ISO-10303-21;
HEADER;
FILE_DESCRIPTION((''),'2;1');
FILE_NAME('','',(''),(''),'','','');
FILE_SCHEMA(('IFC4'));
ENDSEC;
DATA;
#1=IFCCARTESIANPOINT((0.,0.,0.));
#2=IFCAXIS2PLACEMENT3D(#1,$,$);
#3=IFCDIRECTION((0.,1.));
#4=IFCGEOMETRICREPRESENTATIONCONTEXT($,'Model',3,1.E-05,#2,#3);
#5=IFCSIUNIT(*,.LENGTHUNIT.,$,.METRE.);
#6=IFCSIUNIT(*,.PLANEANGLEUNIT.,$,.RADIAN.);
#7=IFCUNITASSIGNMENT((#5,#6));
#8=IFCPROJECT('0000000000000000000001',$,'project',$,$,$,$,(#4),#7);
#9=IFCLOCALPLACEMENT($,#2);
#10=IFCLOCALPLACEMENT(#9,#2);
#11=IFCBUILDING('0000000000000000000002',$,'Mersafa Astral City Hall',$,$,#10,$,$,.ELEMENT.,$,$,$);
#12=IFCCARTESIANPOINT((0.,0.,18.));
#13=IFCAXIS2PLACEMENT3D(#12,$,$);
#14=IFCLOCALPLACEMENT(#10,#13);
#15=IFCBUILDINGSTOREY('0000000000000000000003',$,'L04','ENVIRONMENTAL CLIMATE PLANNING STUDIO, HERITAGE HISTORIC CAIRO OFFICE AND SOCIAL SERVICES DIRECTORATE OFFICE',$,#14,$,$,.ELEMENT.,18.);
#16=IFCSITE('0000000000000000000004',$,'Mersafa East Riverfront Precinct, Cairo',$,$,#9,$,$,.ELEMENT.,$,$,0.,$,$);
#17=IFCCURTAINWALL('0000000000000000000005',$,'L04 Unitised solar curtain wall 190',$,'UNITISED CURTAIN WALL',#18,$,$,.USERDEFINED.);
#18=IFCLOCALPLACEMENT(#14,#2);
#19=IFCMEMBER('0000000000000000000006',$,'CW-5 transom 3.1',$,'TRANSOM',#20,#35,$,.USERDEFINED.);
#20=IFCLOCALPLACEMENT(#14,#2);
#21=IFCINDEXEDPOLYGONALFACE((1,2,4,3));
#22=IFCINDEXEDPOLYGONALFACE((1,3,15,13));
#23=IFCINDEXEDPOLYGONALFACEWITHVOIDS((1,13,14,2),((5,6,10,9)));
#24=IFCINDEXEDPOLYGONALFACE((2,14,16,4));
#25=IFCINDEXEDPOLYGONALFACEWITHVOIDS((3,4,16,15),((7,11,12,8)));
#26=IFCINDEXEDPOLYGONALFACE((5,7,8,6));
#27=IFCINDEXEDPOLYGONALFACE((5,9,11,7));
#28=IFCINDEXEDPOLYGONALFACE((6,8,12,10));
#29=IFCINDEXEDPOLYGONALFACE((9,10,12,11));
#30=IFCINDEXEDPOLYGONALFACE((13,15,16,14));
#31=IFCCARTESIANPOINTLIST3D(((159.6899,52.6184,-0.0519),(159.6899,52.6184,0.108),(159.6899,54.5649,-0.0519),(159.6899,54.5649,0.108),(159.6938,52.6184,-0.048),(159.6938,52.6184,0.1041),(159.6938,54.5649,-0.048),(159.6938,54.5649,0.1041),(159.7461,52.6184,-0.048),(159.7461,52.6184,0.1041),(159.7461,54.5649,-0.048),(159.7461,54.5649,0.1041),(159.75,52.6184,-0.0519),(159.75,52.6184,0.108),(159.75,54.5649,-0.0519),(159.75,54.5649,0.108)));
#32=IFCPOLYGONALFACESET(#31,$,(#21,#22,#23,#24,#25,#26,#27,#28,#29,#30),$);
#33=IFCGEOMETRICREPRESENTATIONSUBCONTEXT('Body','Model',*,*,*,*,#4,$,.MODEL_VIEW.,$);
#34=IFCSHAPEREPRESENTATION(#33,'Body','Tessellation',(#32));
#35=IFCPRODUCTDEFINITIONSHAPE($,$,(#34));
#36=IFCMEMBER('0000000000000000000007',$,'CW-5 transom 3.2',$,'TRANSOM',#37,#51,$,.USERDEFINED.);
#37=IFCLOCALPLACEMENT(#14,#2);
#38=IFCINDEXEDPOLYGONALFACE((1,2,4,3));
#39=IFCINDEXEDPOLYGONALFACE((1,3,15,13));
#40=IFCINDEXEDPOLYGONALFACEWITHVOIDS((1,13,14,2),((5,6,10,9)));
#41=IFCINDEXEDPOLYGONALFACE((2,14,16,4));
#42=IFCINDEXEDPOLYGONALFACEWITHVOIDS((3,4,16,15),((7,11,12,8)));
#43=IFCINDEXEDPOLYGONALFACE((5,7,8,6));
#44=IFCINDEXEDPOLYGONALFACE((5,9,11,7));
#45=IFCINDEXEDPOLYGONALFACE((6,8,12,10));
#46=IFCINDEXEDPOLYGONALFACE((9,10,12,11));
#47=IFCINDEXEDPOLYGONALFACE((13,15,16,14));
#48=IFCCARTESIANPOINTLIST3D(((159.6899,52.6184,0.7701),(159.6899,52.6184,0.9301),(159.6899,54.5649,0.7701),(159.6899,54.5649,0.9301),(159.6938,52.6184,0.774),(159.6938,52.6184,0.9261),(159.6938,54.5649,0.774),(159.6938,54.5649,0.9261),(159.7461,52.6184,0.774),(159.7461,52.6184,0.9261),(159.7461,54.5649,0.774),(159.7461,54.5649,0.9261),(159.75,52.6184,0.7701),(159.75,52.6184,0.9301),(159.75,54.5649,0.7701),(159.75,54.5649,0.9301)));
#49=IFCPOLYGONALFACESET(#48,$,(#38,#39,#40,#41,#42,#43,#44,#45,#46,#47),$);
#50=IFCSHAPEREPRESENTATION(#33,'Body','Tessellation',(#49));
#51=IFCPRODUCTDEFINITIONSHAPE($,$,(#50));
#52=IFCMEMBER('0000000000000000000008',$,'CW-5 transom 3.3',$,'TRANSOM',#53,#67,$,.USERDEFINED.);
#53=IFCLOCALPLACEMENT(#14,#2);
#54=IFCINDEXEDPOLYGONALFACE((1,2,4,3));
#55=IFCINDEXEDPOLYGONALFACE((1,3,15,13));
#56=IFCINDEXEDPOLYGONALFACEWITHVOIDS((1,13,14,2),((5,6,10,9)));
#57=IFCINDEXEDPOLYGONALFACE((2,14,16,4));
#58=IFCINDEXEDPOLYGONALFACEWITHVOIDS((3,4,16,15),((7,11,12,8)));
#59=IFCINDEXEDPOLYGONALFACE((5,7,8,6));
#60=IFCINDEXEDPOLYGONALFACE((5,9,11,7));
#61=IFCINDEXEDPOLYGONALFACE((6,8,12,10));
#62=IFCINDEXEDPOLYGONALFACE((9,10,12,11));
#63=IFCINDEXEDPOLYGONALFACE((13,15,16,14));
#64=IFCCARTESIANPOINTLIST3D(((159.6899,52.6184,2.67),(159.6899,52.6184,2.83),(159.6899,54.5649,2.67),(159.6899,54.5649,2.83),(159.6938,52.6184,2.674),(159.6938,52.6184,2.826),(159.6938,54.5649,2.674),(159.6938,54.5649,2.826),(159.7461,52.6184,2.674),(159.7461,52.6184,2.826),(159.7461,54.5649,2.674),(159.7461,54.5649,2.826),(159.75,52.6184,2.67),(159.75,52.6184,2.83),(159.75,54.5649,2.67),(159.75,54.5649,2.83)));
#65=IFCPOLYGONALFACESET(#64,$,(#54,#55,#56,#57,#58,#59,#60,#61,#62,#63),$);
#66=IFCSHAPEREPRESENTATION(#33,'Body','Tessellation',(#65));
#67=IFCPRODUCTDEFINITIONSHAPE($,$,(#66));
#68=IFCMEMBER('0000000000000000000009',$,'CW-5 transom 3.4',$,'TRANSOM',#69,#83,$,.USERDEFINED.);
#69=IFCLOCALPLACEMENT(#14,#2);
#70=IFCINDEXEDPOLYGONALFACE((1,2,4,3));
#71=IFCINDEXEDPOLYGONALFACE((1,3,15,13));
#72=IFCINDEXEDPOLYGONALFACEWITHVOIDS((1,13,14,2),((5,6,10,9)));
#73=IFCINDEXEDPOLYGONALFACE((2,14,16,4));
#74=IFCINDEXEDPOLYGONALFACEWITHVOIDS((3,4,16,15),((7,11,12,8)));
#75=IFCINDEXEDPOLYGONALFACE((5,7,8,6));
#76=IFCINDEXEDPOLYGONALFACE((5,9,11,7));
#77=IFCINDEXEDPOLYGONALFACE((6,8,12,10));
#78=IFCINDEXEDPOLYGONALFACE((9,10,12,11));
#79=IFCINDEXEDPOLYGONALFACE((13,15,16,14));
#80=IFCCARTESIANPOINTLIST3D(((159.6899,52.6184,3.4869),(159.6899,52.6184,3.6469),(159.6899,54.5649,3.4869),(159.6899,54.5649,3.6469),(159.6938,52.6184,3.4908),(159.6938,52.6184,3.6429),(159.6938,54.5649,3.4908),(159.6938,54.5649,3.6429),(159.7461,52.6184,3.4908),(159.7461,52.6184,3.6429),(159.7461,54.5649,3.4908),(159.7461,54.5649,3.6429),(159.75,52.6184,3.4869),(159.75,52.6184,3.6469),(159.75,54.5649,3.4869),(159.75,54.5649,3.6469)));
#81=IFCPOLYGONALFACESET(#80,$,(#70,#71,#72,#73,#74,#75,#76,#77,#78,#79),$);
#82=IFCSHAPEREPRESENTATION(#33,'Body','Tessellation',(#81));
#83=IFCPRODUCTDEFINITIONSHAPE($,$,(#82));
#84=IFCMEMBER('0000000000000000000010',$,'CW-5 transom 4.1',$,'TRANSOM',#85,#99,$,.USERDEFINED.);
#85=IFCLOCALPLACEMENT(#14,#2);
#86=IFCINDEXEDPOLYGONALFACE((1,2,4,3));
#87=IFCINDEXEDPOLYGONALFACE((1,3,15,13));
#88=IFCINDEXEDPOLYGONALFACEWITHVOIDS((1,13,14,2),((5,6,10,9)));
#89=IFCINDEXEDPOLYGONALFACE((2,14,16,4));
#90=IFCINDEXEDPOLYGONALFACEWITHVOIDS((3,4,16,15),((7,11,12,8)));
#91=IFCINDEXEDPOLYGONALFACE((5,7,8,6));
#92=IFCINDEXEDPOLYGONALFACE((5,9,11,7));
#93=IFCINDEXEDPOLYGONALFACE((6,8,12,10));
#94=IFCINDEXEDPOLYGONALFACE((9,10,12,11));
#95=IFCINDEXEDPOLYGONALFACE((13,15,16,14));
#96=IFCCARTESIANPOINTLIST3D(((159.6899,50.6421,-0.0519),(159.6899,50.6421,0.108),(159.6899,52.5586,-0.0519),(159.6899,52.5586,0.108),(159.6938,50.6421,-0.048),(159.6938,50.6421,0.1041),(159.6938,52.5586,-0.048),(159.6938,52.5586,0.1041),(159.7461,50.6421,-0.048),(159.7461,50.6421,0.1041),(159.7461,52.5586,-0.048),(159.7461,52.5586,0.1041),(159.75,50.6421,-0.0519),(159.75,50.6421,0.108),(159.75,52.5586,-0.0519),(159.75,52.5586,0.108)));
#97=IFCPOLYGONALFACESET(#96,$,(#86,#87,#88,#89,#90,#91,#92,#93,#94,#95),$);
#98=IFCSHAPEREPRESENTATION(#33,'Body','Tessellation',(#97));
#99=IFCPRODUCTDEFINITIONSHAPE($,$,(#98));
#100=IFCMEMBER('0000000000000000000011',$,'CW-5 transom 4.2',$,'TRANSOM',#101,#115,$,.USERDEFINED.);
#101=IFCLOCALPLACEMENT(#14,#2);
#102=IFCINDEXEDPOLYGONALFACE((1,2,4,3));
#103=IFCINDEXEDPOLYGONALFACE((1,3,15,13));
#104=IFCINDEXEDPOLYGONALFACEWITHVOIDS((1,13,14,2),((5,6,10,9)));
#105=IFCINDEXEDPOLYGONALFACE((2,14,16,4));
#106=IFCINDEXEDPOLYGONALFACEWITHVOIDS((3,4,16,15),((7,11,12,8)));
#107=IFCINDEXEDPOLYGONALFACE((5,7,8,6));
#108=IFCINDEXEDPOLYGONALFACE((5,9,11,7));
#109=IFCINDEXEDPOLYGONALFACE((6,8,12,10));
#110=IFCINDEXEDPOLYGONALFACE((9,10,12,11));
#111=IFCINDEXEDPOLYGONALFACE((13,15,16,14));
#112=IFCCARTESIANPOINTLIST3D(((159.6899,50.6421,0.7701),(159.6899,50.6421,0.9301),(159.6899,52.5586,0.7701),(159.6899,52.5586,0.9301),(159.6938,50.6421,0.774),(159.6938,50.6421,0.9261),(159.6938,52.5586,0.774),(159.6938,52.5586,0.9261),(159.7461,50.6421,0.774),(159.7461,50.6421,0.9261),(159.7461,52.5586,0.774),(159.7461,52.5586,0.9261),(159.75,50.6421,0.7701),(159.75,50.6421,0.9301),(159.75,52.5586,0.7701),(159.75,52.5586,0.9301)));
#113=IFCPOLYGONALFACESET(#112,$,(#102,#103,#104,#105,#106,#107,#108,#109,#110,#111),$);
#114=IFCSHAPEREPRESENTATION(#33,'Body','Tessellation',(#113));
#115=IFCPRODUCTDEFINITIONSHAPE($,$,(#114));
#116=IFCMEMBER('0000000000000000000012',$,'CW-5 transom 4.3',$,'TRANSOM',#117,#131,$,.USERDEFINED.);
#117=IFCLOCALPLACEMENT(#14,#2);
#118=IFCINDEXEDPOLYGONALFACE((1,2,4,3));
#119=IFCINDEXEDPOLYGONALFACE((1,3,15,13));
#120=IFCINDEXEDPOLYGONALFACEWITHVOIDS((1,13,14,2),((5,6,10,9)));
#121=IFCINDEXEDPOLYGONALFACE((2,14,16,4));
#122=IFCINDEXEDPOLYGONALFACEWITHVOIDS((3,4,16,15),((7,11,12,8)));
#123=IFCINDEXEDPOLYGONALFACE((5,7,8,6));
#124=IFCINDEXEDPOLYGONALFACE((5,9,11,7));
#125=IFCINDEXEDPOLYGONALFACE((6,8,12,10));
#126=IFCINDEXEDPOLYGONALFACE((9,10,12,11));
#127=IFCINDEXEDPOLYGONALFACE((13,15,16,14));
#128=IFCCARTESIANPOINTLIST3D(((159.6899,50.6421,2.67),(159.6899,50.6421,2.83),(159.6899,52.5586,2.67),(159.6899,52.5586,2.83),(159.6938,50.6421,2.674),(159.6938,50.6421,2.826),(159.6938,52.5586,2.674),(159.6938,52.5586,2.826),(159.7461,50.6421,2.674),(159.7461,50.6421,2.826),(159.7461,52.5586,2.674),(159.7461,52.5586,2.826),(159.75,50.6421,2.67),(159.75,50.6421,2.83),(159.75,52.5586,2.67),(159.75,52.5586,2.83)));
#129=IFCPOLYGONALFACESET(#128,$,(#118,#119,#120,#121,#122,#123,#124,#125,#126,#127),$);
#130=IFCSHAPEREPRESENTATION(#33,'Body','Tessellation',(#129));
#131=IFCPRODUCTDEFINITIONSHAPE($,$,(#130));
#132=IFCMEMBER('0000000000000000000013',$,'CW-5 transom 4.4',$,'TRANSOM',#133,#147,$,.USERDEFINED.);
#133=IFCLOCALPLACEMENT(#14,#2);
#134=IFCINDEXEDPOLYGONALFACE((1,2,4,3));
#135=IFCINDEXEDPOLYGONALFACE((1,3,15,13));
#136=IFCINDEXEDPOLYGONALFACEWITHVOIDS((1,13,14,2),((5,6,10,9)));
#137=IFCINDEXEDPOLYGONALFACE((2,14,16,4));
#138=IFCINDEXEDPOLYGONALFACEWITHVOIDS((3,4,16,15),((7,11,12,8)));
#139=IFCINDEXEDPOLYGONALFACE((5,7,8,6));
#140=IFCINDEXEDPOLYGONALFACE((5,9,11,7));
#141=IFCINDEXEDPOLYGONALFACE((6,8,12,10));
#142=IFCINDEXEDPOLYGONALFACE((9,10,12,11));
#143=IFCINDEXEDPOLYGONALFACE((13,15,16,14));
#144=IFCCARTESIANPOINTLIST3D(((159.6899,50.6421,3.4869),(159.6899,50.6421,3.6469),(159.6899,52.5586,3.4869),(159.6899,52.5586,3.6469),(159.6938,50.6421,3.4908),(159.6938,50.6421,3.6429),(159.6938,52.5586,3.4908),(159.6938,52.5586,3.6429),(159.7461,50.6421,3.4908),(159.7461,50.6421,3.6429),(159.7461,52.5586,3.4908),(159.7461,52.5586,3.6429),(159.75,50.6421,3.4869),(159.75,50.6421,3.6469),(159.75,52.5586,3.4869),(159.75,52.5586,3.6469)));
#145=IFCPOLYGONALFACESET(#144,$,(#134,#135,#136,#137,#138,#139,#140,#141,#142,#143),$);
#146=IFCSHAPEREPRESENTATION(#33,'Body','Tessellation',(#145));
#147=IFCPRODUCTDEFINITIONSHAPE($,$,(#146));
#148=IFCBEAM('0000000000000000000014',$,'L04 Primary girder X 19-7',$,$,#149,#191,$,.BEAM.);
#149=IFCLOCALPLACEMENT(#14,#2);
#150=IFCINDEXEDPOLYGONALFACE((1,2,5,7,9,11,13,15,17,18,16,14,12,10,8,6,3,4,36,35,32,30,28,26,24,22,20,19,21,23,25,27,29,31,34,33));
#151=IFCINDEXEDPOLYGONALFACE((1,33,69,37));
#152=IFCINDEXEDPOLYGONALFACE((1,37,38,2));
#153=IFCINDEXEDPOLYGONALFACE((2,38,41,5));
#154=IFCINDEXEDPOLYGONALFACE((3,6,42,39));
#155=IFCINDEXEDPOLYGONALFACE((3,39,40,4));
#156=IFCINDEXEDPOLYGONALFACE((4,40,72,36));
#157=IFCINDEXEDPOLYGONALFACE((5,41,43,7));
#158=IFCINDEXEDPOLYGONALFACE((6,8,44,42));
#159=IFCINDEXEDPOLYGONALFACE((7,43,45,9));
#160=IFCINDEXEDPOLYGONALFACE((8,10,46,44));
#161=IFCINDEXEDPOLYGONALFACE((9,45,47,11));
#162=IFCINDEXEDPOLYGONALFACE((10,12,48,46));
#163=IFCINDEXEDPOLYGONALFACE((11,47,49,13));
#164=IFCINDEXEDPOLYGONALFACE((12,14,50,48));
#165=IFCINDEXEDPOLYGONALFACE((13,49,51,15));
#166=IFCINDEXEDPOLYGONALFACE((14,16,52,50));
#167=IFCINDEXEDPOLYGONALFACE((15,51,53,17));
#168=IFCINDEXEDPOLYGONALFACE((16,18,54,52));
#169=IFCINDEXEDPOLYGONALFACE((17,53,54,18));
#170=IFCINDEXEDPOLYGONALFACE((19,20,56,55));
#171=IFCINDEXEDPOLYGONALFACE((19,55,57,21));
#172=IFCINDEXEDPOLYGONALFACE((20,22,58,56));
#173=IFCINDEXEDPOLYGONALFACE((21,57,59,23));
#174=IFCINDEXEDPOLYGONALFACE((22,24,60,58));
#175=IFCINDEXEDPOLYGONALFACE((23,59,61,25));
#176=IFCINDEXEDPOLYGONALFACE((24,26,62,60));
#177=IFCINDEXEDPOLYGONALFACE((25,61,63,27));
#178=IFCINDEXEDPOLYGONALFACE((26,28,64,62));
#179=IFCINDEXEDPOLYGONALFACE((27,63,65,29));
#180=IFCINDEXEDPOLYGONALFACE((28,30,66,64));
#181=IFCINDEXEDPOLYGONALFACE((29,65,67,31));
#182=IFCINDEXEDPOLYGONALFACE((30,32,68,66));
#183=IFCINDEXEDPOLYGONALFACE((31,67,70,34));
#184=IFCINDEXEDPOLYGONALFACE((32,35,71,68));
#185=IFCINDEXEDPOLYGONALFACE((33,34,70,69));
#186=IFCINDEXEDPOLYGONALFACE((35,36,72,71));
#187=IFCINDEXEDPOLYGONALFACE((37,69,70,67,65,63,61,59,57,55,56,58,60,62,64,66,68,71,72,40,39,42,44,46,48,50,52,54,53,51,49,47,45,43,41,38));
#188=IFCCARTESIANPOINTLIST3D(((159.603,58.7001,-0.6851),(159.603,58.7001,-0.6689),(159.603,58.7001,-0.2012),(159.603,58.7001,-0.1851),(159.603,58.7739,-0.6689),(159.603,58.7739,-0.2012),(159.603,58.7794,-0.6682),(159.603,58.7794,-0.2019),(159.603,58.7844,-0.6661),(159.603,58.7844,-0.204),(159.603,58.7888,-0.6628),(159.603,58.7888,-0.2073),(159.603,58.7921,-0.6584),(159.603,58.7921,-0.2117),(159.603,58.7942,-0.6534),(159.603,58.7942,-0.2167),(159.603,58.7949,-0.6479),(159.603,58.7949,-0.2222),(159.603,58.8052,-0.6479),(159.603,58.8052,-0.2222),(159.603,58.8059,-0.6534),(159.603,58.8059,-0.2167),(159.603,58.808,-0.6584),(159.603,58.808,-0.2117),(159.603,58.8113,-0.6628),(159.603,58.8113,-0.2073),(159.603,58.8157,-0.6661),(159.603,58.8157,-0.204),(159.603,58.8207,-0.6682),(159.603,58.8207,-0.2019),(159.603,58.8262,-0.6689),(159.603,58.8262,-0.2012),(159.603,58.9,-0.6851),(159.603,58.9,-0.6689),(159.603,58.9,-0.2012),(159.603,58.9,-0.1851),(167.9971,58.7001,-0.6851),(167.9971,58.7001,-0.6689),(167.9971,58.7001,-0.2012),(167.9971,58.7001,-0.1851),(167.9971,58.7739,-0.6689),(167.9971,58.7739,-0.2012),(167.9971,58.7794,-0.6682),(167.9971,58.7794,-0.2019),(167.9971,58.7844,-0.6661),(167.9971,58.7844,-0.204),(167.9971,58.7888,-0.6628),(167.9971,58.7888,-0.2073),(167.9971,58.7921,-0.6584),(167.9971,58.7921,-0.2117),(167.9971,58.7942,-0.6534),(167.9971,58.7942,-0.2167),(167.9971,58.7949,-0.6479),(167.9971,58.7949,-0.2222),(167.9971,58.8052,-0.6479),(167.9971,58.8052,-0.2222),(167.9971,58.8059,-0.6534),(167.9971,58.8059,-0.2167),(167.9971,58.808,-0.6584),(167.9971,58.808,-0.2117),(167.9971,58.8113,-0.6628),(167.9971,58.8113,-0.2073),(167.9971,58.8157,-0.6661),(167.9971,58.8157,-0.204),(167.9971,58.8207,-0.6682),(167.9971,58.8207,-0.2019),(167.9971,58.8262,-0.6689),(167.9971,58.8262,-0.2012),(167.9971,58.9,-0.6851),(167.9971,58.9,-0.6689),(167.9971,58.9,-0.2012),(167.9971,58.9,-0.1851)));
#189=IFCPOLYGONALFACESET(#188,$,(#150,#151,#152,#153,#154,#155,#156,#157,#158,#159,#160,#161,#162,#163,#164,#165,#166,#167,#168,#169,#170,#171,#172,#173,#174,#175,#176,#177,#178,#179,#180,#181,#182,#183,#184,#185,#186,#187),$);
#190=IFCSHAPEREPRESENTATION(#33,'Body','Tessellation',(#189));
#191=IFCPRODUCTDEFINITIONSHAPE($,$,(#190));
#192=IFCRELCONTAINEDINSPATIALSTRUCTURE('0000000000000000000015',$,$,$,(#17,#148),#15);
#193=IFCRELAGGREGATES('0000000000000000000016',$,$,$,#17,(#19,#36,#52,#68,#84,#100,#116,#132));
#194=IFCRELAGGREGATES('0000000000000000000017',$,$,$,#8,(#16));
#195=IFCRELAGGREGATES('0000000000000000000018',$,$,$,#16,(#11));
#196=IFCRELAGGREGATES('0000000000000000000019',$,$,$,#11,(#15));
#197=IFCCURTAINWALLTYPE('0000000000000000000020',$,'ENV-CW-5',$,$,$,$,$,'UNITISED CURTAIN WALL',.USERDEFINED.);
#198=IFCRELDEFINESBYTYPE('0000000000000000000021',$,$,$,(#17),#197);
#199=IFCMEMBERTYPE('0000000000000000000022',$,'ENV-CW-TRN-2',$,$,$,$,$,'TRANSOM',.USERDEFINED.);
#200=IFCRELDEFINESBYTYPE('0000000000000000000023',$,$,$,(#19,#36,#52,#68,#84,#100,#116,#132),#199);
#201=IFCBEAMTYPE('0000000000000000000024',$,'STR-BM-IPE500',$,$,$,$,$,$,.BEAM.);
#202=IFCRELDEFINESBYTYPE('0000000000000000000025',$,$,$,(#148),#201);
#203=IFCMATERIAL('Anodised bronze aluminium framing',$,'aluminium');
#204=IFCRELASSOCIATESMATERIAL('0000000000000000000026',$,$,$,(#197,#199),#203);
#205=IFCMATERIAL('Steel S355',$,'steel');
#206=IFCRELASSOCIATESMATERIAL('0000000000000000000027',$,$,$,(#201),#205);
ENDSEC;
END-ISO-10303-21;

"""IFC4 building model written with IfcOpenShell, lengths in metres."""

from ifc_helpers import new_model, si_unit, direction, frame, origin, origin_2d, place, context, subcontext, project, spatial, hollow_rectangle, i_section, extrude, material, material_profile, profile_set, type_object, element, aggregate, save


model = new_model("IFC4")

# Units and contexts
model_context = context("Model", 3, precision=1e-05, world=origin(), true_north=direction((0.0, 1.0)))
body_context = subcontext(model_context, "Body", "Model", "MODEL_VIEW")
ifc_project = project(units=[si_unit("LENGTHUNIT", "METRE"), si_unit("PLANEANGLEUNIT", "RADIAN")], contexts=[model_context])

# Site, building, storey
site_placement = place(None, origin())
site = spatial("IfcSite", under=ifc_project, at=site_placement, Name="Mersafa East Riverfront Precinct, Cairo", CompositionType="ELEMENT", RefElevation=0.0)
building_placement = place(site_placement, origin())
building = spatial("IfcBuilding", under=site, at=building_placement, Name="Mersafa Astral City Hall", CompositionType="ELEMENT")
storey_placement = place(building_placement, frame((0.0, 0.0, 18.0)))
storey = spatial("IfcBuildingStorey", under=building, at=storey_placement, Name="L04", Description="ENVIRONMENTAL CLIMATE PLANNING STUDIO, HERITAGE HISTORIC CAIRO OFFICE AND SOCIAL SERVICES DIRECTORATE OFFICE", CompositionType="ELEMENT", Elevation=18.0)

# Curtain wall, members
ifc_material_1 = material(Name="Anodised bronze aluminium framing", Category="aluminium")
curtain_wall_type = type_object("IfcCurtainWallType", Name="ENV-CW-5", ElementType="UNITISED CURTAIN WALL", PredefinedType="USERDEFINED", material=ifc_material_1)
curtain_wall_placement = place(storey_placement, origin())
curtain_wall = element("IfcCurtainWall", 1, at=curtain_wall_placement, inside=storey, type_object=curtain_wall_type, Name="L04 Unitised solar curtain wall 190", ObjectType="UNITISED CURTAIN WALL", PredefinedType="USERDEFINED")
ifc_material_profile_1 = material_profile(ifc_material_1, hollow_rectangle(XDim=0.0601, YDim=0.1599, WallThickness=0.0039, at=origin_2d()), Name="RHS 60x160x4")
ifc_profile_set_1 = profile_set([ifc_material_profile_1], Name="Anodised bronze aluminium framing")
member_type_1 = type_object("IfcMemberType", Name="ENV-CW-TRN-2", ElementType="TRANSOM", PredefinedType="USERDEFINED", material=ifc_profile_set_1)
member_1_placement = place(storey_placement, frame((159.72, 54.5649, 0.0281), z_axis=(0.0, -1.0, 0.0), x_axis=(1.0, 0.0, 0.0)))
member_1 = element("IfcMember", 2, at=member_1_placement, type_object=member_type_1, Name="CW-5 transom 3.1", ObjectType="TRANSOM", PredefinedType="USERDEFINED", context=body_context, shape_type="SweptSolid", body=[
    extrude(hollow_rectangle(XDim=0.0601, YDim=0.1599, WallThickness=0.0039, at=origin_2d()), origin(), (0.0, 0.0, 1.0), 1.9465),
])
member_2_placement = place(storey_placement, frame((159.72, 54.5649, 0.8501), z_axis=(0.0, -1.0, 0.0), x_axis=(1.0, 0.0, 0.0)))
member_2 = element("IfcMember", 3, at=member_2_placement, type_object=member_type_1, Name="CW-5 transom 3.2", ObjectType="TRANSOM", PredefinedType="USERDEFINED", context=body_context, shape_type="SweptSolid", body=[
    extrude(hollow_rectangle(XDim=0.0601, YDim=0.1599, WallThickness=0.0039, at=origin_2d()), origin(), (0.0, 0.0, 1.0), 1.9465),
])
member_3_placement = place(storey_placement, frame((159.72, 54.5649, 2.75), z_axis=(0.0, -1.0, 0.0), x_axis=(1.0, 0.0, 0.0)))
member_3 = element("IfcMember", 4, at=member_3_placement, type_object=member_type_1, Name="CW-5 transom 3.3", ObjectType="TRANSOM", PredefinedType="USERDEFINED", context=body_context, shape_type="SweptSolid", body=[
    extrude(hollow_rectangle(XDim=0.0601, YDim=0.1599, WallThickness=0.0039, at=origin_2d()), origin(), (0.0, 0.0, 1.0), 1.9465),
])
member_4_placement = place(storey_placement, frame((159.72, 54.5649, 3.5669), z_axis=(0.0, -1.0, 0.0), x_axis=(1.0, 0.0, 0.0)))
member_4 = element("IfcMember", 5, at=member_4_placement, type_object=member_type_1, Name="CW-5 transom 3.4", ObjectType="TRANSOM", PredefinedType="USERDEFINED", context=body_context, shape_type="SweptSolid", body=[
    extrude(hollow_rectangle(XDim=0.0601, YDim=0.1599, WallThickness=0.0039, at=origin_2d()), origin(), (0.0, 0.0, 1.0), 1.9465),
])
member_5_placement = place(storey_placement, frame((159.72, 52.5586, 0.0281), z_axis=(0.0, -1.0, 0.0), x_axis=(1.0, 0.0, 0.0)))
member_5 = element("IfcMember", 6, at=member_5_placement, type_object=member_type_1, Name="CW-5 transom 4.1", ObjectType="TRANSOM", PredefinedType="USERDEFINED", context=body_context, shape_type="SweptSolid", body=[
    extrude(hollow_rectangle(XDim=0.0601, YDim=0.1599, WallThickness=0.0039, at=origin_2d()), origin(), (0.0, 0.0, 1.0), 1.9165),
])
member_6_placement = place(storey_placement, frame((159.72, 52.5586, 0.8501), z_axis=(0.0, -1.0, 0.0), x_axis=(1.0, 0.0, 0.0)))
member_6 = element("IfcMember", 7, at=member_6_placement, type_object=member_type_1, Name="CW-5 transom 4.2", ObjectType="TRANSOM", PredefinedType="USERDEFINED", context=body_context, shape_type="SweptSolid", body=[
    extrude(hollow_rectangle(XDim=0.0601, YDim=0.1599, WallThickness=0.0039, at=origin_2d()), origin(), (0.0, 0.0, 1.0), 1.9165),
])
member_7_placement = place(storey_placement, frame((159.72, 52.5586, 2.75), z_axis=(0.0, -1.0, 0.0), x_axis=(1.0, 0.0, 0.0)))
member_7 = element("IfcMember", 8, at=member_7_placement, type_object=member_type_1, Name="CW-5 transom 4.3", ObjectType="TRANSOM", PredefinedType="USERDEFINED", context=body_context, shape_type="SweptSolid", body=[
    extrude(hollow_rectangle(XDim=0.0601, YDim=0.1599, WallThickness=0.0039, at=origin_2d()), origin(), (0.0, 0.0, 1.0), 1.9165),
])
member_8_placement = place(storey_placement, frame((159.72, 52.5586, 3.5669), z_axis=(0.0, -1.0, 0.0), x_axis=(1.0, 0.0, 0.0)))
member_8 = element("IfcMember", 9, at=member_8_placement, type_object=member_type_1, Name="CW-5 transom 4.4", ObjectType="TRANSOM", PredefinedType="USERDEFINED", context=body_context, shape_type="SweptSolid", body=[
    extrude(hollow_rectangle(XDim=0.0601, YDim=0.1599, WallThickness=0.0039, at=origin_2d()), origin(), (0.0, 0.0, 1.0), 1.9165),
])

# Beam
ifc_material_2 = material(Name="Steel S355", Category="steel")
ifc_material_profile_2 = material_profile(ifc_material_2, i_section(OverallWidth=0.2, OverallDepth=0.5, WebThickness=0.0103, FlangeThickness=0.0161, FilletRadius=0.021, at=origin_2d()), Name="IPE 500")
ifc_profile_set_2 = profile_set([ifc_material_profile_2], Name="Steel S355")
beam_type_1 = type_object("IfcBeamType", Name="STR-BM-IPE500", PredefinedType="BEAM", material=ifc_profile_set_2)
beam_1_placement = place(storey_placement, frame((159.603, 58.8, -0.4351), z_axis=(1.0, 0.0, 0.0), x_axis=(0.0, 1.0, 0.0)))
element("IfcBeam", 10, at=beam_1_placement, inside=storey, type_object=beam_type_1, Name="L04 Primary girder X 19-7", PredefinedType="BEAM", context=body_context, shape_type="SweptSolid", body=[
    extrude(i_section(OverallWidth=0.2, OverallDepth=0.5, WebThickness=0.0103, FlangeThickness=0.0161, FilletRadius=0.021, at=origin_2d()), origin(), (0.0, 0.0, 1.0), 8.394),
])

aggregate(curtain_wall, [member_1, member_2, member_3, member_4, member_5, member_6, member_7, member_8])

save(model, "model.ifc")
